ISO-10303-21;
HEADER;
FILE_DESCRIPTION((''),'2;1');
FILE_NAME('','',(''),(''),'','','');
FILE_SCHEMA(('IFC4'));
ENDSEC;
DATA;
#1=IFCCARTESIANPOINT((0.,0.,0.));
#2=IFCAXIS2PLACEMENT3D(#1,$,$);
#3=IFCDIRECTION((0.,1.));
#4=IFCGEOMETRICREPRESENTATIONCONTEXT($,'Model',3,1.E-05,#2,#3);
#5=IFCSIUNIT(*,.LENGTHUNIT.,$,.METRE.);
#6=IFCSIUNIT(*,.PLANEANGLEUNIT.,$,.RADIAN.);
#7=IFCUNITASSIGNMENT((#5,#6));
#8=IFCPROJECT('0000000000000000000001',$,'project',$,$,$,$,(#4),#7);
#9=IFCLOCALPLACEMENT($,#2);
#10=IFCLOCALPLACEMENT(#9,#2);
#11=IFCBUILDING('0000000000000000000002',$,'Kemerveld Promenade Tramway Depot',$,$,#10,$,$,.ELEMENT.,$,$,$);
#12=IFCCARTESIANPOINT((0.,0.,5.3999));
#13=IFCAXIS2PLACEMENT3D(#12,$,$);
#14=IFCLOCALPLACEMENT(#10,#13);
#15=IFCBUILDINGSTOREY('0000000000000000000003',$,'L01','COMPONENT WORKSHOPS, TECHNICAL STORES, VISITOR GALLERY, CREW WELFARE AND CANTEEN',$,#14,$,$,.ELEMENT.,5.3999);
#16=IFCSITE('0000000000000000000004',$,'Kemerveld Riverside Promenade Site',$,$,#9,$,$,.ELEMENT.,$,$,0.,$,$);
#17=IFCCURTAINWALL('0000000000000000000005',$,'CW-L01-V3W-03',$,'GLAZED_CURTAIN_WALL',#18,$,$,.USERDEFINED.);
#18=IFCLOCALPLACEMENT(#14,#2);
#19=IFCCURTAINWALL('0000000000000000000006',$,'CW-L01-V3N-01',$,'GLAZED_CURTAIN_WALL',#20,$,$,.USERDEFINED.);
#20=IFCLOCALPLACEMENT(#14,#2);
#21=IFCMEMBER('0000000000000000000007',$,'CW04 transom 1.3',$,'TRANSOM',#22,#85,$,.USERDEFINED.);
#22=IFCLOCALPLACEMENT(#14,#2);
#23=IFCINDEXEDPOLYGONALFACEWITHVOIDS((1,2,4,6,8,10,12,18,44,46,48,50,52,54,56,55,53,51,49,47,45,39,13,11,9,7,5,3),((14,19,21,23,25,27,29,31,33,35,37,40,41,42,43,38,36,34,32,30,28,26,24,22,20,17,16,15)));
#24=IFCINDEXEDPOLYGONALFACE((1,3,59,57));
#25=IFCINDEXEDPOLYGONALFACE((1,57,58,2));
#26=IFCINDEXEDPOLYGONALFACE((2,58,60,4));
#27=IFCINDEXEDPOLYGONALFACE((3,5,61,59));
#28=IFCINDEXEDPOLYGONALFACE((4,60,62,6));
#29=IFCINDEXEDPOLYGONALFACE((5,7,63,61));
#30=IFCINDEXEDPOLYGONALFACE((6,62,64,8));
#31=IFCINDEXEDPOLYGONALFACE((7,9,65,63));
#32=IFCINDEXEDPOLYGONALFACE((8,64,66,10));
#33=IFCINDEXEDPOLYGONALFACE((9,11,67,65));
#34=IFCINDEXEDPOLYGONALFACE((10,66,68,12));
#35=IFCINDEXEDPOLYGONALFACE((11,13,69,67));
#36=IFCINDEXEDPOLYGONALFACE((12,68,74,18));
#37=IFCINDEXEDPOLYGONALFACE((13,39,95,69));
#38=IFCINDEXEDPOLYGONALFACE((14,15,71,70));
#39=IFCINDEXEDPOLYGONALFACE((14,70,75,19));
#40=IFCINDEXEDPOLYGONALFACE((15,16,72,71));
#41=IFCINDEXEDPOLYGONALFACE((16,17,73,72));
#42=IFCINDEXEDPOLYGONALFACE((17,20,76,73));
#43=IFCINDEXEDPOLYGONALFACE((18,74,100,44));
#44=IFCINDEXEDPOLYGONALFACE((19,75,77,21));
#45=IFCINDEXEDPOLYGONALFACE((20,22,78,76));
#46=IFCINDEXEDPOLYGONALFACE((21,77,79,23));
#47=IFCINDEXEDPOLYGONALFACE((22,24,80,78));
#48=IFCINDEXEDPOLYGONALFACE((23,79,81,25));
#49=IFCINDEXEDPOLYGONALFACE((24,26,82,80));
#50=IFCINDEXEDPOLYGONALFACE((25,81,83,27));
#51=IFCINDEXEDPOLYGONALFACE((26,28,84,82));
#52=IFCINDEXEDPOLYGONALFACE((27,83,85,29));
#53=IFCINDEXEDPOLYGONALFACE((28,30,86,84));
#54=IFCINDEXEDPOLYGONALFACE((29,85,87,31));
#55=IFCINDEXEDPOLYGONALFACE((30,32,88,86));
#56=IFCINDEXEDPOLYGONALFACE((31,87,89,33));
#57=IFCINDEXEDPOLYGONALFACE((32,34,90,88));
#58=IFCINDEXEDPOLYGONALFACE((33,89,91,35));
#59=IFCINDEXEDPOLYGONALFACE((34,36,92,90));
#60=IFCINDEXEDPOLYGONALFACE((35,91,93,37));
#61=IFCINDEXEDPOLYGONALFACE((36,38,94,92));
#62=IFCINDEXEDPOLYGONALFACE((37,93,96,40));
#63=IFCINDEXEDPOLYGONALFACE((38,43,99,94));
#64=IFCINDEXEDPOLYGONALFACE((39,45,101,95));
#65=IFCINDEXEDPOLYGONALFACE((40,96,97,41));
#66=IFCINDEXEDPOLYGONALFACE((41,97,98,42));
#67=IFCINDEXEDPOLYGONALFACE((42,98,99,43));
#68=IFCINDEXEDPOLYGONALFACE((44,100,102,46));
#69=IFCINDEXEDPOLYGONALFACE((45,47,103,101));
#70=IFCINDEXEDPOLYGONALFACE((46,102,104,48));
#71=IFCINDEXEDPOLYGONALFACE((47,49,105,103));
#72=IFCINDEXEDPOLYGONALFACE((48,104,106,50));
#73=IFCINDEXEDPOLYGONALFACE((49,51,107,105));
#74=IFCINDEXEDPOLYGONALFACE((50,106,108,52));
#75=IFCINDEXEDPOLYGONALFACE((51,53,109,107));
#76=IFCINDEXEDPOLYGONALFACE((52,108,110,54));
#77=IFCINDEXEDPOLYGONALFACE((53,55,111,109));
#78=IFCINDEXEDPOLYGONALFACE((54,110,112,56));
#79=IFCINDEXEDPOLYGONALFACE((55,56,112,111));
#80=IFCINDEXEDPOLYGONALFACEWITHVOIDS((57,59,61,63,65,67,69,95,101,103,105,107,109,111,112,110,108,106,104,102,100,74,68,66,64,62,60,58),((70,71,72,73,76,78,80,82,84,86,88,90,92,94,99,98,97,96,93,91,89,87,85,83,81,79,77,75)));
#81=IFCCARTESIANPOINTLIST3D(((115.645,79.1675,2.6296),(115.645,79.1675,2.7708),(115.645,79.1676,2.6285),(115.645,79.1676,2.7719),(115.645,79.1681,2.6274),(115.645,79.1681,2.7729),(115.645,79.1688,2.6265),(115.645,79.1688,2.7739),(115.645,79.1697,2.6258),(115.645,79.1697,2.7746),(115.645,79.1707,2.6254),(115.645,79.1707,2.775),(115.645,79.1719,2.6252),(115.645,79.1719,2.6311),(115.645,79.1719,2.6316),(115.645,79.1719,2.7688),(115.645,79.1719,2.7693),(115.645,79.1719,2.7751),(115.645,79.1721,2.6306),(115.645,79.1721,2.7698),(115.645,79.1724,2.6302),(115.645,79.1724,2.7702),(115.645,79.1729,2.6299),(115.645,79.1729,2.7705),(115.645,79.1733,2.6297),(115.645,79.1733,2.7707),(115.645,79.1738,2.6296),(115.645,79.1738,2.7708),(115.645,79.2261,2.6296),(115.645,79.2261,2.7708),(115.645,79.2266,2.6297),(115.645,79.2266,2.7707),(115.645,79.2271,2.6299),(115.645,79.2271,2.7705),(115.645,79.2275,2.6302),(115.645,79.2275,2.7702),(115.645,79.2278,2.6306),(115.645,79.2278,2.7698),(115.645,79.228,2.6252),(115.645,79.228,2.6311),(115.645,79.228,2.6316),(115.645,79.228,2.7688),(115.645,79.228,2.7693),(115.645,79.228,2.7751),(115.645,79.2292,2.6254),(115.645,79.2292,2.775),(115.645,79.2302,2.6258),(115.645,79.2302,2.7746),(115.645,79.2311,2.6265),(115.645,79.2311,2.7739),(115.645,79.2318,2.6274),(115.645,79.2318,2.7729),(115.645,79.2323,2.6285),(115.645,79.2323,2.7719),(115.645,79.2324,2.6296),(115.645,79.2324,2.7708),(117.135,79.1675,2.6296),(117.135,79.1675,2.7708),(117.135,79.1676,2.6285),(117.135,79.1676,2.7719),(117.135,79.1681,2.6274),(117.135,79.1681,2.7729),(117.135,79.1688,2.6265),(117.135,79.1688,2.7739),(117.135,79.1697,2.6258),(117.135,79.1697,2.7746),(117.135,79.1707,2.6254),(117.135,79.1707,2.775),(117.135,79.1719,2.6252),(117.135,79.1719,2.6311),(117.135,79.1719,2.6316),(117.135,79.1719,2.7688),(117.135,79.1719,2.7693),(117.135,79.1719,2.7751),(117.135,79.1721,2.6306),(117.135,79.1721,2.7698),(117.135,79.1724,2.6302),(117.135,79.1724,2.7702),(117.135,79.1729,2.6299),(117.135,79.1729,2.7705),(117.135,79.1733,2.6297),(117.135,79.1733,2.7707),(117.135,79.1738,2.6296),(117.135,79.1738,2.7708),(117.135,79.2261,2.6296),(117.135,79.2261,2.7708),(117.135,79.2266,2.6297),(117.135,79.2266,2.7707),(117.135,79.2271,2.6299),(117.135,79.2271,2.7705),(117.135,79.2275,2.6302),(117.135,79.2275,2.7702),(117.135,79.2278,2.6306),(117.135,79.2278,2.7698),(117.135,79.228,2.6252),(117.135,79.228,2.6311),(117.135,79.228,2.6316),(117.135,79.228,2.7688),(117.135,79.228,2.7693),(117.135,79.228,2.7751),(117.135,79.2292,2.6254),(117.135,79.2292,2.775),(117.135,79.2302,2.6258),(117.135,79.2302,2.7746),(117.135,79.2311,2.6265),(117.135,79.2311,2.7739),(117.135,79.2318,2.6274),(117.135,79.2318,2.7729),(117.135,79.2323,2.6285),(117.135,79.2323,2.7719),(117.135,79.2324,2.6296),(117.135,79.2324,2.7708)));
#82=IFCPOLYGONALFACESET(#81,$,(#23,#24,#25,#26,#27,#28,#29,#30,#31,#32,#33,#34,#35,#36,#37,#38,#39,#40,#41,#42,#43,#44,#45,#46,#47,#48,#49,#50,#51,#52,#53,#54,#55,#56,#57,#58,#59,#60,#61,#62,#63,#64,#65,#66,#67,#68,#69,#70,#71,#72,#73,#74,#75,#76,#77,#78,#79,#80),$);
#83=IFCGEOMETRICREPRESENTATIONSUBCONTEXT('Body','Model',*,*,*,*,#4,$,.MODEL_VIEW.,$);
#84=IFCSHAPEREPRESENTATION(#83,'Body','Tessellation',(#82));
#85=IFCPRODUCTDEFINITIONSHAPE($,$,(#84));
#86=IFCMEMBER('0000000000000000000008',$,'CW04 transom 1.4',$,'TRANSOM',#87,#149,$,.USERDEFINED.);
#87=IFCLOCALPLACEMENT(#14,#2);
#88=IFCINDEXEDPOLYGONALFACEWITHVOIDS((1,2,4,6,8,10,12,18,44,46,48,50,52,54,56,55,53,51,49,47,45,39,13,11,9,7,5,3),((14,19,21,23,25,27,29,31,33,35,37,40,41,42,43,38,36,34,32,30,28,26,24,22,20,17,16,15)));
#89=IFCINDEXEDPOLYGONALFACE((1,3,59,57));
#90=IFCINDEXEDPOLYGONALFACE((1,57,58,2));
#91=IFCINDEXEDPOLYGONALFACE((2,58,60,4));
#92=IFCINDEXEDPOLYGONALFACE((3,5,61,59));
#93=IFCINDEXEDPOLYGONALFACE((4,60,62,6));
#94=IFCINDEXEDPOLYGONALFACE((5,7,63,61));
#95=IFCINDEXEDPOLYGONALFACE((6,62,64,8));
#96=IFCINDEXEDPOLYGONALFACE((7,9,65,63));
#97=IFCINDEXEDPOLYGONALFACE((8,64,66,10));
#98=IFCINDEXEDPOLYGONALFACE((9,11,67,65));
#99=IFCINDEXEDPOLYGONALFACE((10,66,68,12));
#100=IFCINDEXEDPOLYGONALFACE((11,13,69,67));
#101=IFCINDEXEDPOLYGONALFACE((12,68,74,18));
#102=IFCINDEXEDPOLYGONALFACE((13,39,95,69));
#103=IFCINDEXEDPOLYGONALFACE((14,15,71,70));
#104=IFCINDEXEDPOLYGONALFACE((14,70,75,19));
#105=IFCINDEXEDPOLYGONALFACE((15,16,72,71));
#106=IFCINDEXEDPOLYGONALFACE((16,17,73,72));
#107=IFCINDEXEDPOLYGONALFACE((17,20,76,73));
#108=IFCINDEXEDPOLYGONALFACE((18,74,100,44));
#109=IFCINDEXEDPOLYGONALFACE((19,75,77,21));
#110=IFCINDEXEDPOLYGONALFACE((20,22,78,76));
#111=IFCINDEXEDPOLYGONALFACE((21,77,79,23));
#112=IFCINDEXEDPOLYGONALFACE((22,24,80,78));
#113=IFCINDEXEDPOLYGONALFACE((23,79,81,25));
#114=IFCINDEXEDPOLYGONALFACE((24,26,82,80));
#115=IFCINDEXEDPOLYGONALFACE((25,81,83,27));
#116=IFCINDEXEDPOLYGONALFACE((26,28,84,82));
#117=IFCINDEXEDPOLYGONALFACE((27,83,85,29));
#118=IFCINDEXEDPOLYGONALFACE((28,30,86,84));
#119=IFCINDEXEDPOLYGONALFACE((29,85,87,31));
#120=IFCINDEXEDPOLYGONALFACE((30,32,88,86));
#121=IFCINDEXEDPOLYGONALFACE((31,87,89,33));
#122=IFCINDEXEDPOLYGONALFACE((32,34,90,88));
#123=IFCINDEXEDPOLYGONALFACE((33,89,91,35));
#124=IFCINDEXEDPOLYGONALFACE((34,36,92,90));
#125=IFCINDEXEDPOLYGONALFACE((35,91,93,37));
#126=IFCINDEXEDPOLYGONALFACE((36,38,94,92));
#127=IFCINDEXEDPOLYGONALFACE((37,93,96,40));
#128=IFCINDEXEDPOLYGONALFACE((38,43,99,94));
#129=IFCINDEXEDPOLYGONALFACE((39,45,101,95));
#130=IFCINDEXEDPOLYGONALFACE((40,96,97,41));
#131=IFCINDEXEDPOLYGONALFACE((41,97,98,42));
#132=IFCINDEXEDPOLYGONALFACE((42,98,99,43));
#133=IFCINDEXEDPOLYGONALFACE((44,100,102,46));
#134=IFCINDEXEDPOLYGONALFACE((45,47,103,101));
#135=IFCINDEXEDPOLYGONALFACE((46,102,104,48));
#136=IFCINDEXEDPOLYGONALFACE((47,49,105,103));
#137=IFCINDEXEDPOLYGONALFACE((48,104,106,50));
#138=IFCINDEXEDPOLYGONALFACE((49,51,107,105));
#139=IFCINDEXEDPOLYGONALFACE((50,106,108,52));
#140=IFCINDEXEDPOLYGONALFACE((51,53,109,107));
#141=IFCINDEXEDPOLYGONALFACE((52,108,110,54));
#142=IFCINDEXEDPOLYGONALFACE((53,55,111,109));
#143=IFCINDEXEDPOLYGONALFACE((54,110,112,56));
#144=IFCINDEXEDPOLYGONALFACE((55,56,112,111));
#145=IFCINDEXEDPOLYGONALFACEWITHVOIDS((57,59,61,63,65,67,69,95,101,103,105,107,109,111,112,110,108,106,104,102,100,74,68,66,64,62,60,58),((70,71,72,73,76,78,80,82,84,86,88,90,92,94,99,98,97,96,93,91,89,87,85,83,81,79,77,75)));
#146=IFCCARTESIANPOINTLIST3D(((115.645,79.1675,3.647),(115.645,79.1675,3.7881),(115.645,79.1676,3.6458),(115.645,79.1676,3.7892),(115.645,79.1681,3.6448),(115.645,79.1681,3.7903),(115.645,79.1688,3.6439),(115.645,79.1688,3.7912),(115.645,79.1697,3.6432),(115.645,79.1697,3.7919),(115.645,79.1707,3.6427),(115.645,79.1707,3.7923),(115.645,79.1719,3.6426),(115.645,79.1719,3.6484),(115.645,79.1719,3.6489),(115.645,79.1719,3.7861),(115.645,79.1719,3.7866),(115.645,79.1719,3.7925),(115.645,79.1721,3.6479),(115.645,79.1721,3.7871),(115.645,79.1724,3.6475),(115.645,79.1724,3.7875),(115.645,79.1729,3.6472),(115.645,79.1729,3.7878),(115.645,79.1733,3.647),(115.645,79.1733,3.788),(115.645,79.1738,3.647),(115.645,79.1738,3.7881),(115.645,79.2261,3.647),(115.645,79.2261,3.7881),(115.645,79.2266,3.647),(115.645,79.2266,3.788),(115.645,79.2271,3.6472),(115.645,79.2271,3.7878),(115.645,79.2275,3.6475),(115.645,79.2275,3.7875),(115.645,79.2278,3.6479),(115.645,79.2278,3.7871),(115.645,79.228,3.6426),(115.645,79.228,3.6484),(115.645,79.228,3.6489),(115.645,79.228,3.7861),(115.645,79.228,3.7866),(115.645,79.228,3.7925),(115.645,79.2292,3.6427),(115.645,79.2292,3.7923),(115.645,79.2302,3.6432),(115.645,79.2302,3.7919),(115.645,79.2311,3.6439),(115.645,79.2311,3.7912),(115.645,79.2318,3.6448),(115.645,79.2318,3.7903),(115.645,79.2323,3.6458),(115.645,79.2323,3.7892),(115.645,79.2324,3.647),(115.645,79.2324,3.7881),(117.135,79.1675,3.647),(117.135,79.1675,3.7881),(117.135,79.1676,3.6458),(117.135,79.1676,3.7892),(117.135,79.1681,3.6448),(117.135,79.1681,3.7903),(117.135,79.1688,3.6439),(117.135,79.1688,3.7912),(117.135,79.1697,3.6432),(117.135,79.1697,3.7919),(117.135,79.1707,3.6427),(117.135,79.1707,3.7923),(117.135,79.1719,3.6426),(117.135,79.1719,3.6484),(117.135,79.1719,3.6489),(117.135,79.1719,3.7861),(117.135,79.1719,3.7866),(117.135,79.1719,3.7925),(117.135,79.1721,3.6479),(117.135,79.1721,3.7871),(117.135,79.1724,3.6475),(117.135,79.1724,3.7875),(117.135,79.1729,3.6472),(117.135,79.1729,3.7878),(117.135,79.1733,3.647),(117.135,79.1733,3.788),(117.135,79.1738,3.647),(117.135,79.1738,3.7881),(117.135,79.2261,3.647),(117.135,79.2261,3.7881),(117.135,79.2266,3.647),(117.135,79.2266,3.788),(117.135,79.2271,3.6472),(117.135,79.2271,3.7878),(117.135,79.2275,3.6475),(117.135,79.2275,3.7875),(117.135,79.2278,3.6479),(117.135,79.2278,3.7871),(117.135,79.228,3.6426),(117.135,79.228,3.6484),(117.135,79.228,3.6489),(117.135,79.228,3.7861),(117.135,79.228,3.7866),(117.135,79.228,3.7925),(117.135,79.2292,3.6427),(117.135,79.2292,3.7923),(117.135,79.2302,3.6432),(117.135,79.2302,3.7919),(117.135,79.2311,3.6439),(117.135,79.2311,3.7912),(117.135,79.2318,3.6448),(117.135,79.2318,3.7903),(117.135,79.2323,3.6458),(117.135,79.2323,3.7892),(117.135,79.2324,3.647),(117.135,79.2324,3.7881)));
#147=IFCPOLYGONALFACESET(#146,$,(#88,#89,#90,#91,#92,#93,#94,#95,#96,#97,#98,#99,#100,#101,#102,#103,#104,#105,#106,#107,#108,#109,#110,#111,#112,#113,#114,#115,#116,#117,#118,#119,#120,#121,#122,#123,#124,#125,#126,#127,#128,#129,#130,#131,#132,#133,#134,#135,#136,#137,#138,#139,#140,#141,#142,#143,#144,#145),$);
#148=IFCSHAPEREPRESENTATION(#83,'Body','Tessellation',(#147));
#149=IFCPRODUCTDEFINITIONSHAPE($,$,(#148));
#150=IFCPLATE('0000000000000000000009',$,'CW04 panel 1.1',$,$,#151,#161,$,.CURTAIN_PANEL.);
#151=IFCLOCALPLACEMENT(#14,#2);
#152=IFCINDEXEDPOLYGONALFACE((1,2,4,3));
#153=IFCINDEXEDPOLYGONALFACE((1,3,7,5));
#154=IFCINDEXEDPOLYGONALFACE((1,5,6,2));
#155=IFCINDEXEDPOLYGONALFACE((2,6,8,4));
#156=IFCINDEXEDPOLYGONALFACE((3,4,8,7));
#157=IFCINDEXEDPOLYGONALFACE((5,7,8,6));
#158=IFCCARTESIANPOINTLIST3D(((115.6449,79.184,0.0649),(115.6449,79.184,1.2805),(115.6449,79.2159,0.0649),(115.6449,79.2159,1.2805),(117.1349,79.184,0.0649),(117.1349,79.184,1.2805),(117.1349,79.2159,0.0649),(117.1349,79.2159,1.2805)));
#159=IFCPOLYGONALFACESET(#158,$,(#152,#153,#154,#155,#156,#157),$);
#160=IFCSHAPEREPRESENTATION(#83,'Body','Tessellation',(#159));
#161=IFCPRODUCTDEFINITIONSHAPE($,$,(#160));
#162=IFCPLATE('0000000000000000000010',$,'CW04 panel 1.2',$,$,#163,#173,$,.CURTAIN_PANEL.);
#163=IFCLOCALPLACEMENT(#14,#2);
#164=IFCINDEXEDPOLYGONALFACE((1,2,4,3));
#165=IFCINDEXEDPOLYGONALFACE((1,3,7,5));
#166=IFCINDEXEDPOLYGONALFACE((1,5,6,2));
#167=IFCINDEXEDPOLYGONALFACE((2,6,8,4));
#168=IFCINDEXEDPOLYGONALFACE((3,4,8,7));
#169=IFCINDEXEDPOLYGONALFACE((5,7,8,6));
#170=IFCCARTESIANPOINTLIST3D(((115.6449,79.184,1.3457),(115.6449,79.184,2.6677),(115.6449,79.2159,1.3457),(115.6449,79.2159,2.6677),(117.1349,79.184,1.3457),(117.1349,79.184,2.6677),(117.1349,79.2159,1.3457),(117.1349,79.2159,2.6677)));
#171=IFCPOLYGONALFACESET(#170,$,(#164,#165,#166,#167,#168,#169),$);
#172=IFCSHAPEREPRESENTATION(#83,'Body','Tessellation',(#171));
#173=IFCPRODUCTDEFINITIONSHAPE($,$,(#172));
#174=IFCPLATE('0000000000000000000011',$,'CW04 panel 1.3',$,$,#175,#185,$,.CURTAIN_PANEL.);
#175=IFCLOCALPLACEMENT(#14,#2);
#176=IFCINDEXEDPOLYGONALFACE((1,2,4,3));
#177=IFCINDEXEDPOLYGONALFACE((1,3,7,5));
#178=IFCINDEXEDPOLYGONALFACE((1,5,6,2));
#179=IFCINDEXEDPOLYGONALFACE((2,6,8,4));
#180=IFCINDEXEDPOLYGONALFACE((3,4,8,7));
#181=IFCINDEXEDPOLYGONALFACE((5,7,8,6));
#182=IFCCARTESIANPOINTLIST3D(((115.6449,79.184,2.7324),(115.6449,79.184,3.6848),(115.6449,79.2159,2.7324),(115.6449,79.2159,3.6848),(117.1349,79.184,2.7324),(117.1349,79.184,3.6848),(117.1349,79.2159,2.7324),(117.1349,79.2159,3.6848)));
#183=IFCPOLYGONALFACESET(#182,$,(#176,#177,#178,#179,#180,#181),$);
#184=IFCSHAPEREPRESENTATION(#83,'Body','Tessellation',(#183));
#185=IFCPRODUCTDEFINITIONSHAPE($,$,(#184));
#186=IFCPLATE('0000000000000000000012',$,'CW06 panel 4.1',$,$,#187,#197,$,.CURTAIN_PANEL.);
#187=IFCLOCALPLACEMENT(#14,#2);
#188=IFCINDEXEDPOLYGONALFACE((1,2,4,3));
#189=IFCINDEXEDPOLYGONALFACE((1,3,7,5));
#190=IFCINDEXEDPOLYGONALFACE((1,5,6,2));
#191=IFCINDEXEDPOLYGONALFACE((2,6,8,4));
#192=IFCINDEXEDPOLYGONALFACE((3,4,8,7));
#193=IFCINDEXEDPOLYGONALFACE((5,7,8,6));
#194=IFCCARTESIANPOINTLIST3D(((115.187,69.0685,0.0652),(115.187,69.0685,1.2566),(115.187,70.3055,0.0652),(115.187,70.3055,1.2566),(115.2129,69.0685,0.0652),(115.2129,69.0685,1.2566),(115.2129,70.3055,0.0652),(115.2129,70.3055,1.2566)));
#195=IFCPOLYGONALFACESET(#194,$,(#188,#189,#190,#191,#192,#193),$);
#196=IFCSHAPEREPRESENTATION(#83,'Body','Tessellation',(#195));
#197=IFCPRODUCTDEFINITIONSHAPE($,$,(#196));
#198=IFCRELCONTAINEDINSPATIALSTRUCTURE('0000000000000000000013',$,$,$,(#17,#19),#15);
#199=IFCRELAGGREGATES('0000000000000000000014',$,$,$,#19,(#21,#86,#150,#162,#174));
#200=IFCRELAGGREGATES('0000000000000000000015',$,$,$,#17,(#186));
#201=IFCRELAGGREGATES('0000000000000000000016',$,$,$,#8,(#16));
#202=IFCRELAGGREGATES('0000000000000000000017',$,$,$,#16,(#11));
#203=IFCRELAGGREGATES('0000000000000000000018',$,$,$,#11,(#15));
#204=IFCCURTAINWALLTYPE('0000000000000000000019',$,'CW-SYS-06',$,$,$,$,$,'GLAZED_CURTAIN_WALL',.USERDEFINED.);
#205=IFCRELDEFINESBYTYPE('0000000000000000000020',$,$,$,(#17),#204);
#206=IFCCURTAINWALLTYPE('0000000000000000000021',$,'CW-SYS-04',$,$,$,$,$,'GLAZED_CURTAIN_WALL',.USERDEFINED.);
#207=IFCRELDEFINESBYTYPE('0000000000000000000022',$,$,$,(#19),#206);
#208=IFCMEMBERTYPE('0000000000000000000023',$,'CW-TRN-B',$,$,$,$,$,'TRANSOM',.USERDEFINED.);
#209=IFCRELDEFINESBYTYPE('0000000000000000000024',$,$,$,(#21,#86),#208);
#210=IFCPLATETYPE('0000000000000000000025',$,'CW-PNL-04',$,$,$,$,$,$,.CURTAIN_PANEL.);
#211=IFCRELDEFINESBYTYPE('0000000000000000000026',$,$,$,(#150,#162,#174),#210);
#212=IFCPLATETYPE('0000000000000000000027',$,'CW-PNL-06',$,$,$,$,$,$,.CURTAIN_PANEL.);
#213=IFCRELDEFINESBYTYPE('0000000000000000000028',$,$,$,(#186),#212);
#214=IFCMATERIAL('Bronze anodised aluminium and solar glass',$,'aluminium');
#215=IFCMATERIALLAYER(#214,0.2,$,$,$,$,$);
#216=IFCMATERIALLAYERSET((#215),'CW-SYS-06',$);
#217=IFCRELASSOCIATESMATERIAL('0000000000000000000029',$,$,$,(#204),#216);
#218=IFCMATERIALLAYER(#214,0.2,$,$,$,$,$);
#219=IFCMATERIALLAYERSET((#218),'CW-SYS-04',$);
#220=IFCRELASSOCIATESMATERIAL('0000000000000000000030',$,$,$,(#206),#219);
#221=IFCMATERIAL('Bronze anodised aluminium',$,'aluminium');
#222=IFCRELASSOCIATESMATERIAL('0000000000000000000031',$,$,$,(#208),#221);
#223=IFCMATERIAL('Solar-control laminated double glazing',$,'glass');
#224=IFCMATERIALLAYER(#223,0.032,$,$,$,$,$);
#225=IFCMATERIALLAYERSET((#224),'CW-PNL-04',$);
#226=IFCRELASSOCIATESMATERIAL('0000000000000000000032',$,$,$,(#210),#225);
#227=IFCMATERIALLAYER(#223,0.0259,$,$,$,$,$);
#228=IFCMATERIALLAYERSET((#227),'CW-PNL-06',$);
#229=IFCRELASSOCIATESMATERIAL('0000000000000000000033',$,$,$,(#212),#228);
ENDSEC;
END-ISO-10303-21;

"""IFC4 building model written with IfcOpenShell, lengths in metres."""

from ifc_helpers import new_model, si_unit, direction, frame, origin, origin_2d, place, context, subcontext, project, spatial, rectangle, hollow_rectangle, extrude, material, layer, layer_set, material_profile, profile_set, type_object, element, aggregate, save


model = new_model("IFC4")

# Units and contexts
model_context = context("Model", 3, precision=1e-05, world=origin(), true_north=direction((0.0, 1.0)))
body_context = subcontext(model_context, "Body", "Model", "MODEL_VIEW")
ifc_project = project(units=[si_unit("LENGTHUNIT", "METRE"), si_unit("PLANEANGLEUNIT", "RADIAN")], contexts=[model_context])

# Site, building, storey
site_placement = place(None, origin())
site = spatial("IfcSite", under=ifc_project, at=site_placement, Name="Kemerveld Riverside Promenade Site", CompositionType="ELEMENT", RefElevation=0.0)
building_placement = place(site_placement, origin())
building = spatial("IfcBuilding", under=site, at=building_placement, Name="Kemerveld Promenade Tramway Depot", CompositionType="ELEMENT")
storey_placement = place(building_placement, frame((0.0, 0.0, 5.3999)))
storey = spatial("IfcBuildingStorey", under=building, at=storey_placement, Name="L01", Description="COMPONENT WORKSHOPS, TECHNICAL STORES, VISITOR GALLERY, CREW WELFARE AND CANTEEN", CompositionType="ELEMENT", Elevation=5.3999)

# Curtain wall
ifc_material_1 = material(Name="Bronze anodised aluminium and solar glass", Category="aluminium")
ifc_layer_1 = layer(ifc_material_1, 0.2)
ifc_layer_set_1 = layer_set([ifc_layer_1], Name="CW-SYS-06")
curtain_wall_type_1 = type_object("IfcCurtainWallType", Name="CW-SYS-06", ElementType="GLAZED_CURTAIN_WALL", PredefinedType="USERDEFINED", material=ifc_layer_set_1)
curtain_wall_1_placement = place(storey_placement, origin())
curtain_wall_1 = element("IfcCurtainWall", 1, at=curtain_wall_1_placement, inside=storey, type_object=curtain_wall_type_1, Name="CW-L01-V3W-03", ObjectType="GLAZED_CURTAIN_WALL", PredefinedType="USERDEFINED")
ifc_material_2 = material(Name="Bronze anodised aluminium", Category="aluminium")

# Curtain wall
ifc_layer_2 = layer(ifc_material_1, 0.2)
ifc_layer_set_2 = layer_set([ifc_layer_2], Name="CW-SYS-04")
curtain_wall_type_2 = type_object("IfcCurtainWallType", Name="CW-SYS-04", ElementType="GLAZED_CURTAIN_WALL", PredefinedType="USERDEFINED", material=ifc_layer_set_2)
curtain_wall_2_placement = place(storey_placement, origin())
curtain_wall_2 = element("IfcCurtainWall", 2, at=curtain_wall_2_placement, inside=storey, type_object=curtain_wall_type_2, Name="CW-L01-V3N-01", ObjectType="GLAZED_CURTAIN_WALL", PredefinedType="USERDEFINED")

# Members
ifc_material_profile_1 = material_profile(ifc_material_2, hollow_rectangle(XDim=0.0649, YDim=0.1499, WallThickness=0.0044, InnerFilletRadius=0.002, OuterFilletRadius=0.0044, at=origin_2d()), Name="CW-TRN-150x65")
ifc_profile_set_1 = profile_set([ifc_material_profile_1], Name="Bronze anodised aluminium")
member_type_1 = type_object("IfcMemberType", Name="CW-TRN-B", ElementType="TRANSOM", PredefinedType="USERDEFINED", material=ifc_profile_set_1)
member_1_placement = place(storey_placement, frame((115.645, 79.2, 2.7002), z_axis=(1.0, 0.0, 0.0), x_axis=(0.0, 1.0, 0.0)))
member_1 = element("IfcMember", 3, at=member_1_placement, type_object=member_type_1, Name="CW04 transom 1.3", ObjectType="TRANSOM", PredefinedType="USERDEFINED", context=body_context, shape_type="SweptSolid", body=[
    extrude(hollow_rectangle(XDim=0.0649, YDim=0.1499, WallThickness=0.0044, InnerFilletRadius=0.002, OuterFilletRadius=0.0044, at=origin_2d()), origin(), (0.0, 0.0, 1.0), 1.49),
])
member_2_placement = place(storey_placement, frame((115.645, 79.2, 3.7175), z_axis=(1.0, 0.0, 0.0), x_axis=(0.0, 1.0, 0.0)))
member_2 = element("IfcMember", 4, at=member_2_placement, type_object=member_type_1, Name="CW04 transom 1.4", ObjectType="TRANSOM", PredefinedType="USERDEFINED", context=body_context, shape_type="SweptSolid", body=[
    extrude(hollow_rectangle(XDim=0.0649, YDim=0.1499, WallThickness=0.0044, InnerFilletRadius=0.002, OuterFilletRadius=0.0044, at=origin_2d()), origin(), (0.0, 0.0, 1.0), 1.49),
])

# Plates
ifc_material_3 = material(Name="Solar-control laminated double glazing", Category="glass")
ifc_layer_3 = layer(ifc_material_3, 0.032)
ifc_layer_set_3 = layer_set([ifc_layer_3], Name="CW-PNL-04")
plate_type_1 = type_object("IfcPlateType", Name="CW-PNL-04", PredefinedType="CURTAIN_PANEL", material=ifc_layer_set_3)
plate_1_placement = place(storey_placement, frame((116.3899, 79.2, 0.0649), z_axis=(0.0, 0.0, 1.0), x_axis=(1.0, 0.0, 0.0)))
plate_1 = element("IfcPlate", 5, at=plate_1_placement, type_object=plate_type_1, Name="CW04 panel 1.1", PredefinedType="CURTAIN_PANEL", context=body_context, shape_type="SweptSolid", body=[
    extrude(rectangle(XDim=1.49, YDim=0.032, at=origin_2d()), origin(), (0.0, 0.0, 1.0), 1.2156),
])
plate_2_placement = place(storey_placement, frame((116.3899, 79.2, 1.3457), z_axis=(0.0, 0.0, 1.0), x_axis=(1.0, 0.0, 0.0)))
plate_2 = element("IfcPlate", 6, at=plate_2_placement, type_object=plate_type_1, Name="CW04 panel 1.2", PredefinedType="CURTAIN_PANEL", context=body_context, shape_type="SweptSolid", body=[
    extrude(rectangle(XDim=1.49, YDim=0.032, at=origin_2d()), origin(), (0.0, 0.0, 1.0), 1.322),
])
plate_3_placement = place(storey_placement, frame((116.3899, 79.2, 2.7324), z_axis=(0.0, 0.0, 1.0), x_axis=(1.0, 0.0, 0.0)))
plate_3 = element("IfcPlate", 7, at=plate_3_placement, type_object=plate_type_1, Name="CW04 panel 1.3", PredefinedType="CURTAIN_PANEL", context=body_context, shape_type="SweptSolid", body=[
    extrude(rectangle(XDim=1.49, YDim=0.032, at=origin_2d()), origin(), (0.0, 0.0, 1.0), 0.9524),
])
aggregate(curtain_wall_2, [member_1, member_2, plate_1, plate_2, plate_3])
ifc_layer_4 = layer(ifc_material_3, 0.0259)
ifc_layer_set_4 = layer_set([ifc_layer_4], Name="CW-PNL-06")
plate_type_2 = type_object("IfcPlateType", Name="CW-PNL-06", PredefinedType="CURTAIN_PANEL", material=ifc_layer_set_4)
plate_4_placement = place(storey_placement, frame((115.2, 69.687, 0.0652), z_axis=(0.0, 0.0, 1.0), x_axis=(0.0, 1.0, 0.0)))
plate_4 = element("IfcPlate", 8, at=plate_4_placement, type_object=plate_type_2, Name="CW06 panel 4.1", PredefinedType="CURTAIN_PANEL", context=body_context, shape_type="SweptSolid", body=[
    extrude(rectangle(XDim=1.2371, YDim=0.0259, at=origin_2d()), origin(), (0.0, 0.0, 1.0), 1.1914),
])
aggregate(curtain_wall_1, [plate_4])

save(model, "model.ifc")
